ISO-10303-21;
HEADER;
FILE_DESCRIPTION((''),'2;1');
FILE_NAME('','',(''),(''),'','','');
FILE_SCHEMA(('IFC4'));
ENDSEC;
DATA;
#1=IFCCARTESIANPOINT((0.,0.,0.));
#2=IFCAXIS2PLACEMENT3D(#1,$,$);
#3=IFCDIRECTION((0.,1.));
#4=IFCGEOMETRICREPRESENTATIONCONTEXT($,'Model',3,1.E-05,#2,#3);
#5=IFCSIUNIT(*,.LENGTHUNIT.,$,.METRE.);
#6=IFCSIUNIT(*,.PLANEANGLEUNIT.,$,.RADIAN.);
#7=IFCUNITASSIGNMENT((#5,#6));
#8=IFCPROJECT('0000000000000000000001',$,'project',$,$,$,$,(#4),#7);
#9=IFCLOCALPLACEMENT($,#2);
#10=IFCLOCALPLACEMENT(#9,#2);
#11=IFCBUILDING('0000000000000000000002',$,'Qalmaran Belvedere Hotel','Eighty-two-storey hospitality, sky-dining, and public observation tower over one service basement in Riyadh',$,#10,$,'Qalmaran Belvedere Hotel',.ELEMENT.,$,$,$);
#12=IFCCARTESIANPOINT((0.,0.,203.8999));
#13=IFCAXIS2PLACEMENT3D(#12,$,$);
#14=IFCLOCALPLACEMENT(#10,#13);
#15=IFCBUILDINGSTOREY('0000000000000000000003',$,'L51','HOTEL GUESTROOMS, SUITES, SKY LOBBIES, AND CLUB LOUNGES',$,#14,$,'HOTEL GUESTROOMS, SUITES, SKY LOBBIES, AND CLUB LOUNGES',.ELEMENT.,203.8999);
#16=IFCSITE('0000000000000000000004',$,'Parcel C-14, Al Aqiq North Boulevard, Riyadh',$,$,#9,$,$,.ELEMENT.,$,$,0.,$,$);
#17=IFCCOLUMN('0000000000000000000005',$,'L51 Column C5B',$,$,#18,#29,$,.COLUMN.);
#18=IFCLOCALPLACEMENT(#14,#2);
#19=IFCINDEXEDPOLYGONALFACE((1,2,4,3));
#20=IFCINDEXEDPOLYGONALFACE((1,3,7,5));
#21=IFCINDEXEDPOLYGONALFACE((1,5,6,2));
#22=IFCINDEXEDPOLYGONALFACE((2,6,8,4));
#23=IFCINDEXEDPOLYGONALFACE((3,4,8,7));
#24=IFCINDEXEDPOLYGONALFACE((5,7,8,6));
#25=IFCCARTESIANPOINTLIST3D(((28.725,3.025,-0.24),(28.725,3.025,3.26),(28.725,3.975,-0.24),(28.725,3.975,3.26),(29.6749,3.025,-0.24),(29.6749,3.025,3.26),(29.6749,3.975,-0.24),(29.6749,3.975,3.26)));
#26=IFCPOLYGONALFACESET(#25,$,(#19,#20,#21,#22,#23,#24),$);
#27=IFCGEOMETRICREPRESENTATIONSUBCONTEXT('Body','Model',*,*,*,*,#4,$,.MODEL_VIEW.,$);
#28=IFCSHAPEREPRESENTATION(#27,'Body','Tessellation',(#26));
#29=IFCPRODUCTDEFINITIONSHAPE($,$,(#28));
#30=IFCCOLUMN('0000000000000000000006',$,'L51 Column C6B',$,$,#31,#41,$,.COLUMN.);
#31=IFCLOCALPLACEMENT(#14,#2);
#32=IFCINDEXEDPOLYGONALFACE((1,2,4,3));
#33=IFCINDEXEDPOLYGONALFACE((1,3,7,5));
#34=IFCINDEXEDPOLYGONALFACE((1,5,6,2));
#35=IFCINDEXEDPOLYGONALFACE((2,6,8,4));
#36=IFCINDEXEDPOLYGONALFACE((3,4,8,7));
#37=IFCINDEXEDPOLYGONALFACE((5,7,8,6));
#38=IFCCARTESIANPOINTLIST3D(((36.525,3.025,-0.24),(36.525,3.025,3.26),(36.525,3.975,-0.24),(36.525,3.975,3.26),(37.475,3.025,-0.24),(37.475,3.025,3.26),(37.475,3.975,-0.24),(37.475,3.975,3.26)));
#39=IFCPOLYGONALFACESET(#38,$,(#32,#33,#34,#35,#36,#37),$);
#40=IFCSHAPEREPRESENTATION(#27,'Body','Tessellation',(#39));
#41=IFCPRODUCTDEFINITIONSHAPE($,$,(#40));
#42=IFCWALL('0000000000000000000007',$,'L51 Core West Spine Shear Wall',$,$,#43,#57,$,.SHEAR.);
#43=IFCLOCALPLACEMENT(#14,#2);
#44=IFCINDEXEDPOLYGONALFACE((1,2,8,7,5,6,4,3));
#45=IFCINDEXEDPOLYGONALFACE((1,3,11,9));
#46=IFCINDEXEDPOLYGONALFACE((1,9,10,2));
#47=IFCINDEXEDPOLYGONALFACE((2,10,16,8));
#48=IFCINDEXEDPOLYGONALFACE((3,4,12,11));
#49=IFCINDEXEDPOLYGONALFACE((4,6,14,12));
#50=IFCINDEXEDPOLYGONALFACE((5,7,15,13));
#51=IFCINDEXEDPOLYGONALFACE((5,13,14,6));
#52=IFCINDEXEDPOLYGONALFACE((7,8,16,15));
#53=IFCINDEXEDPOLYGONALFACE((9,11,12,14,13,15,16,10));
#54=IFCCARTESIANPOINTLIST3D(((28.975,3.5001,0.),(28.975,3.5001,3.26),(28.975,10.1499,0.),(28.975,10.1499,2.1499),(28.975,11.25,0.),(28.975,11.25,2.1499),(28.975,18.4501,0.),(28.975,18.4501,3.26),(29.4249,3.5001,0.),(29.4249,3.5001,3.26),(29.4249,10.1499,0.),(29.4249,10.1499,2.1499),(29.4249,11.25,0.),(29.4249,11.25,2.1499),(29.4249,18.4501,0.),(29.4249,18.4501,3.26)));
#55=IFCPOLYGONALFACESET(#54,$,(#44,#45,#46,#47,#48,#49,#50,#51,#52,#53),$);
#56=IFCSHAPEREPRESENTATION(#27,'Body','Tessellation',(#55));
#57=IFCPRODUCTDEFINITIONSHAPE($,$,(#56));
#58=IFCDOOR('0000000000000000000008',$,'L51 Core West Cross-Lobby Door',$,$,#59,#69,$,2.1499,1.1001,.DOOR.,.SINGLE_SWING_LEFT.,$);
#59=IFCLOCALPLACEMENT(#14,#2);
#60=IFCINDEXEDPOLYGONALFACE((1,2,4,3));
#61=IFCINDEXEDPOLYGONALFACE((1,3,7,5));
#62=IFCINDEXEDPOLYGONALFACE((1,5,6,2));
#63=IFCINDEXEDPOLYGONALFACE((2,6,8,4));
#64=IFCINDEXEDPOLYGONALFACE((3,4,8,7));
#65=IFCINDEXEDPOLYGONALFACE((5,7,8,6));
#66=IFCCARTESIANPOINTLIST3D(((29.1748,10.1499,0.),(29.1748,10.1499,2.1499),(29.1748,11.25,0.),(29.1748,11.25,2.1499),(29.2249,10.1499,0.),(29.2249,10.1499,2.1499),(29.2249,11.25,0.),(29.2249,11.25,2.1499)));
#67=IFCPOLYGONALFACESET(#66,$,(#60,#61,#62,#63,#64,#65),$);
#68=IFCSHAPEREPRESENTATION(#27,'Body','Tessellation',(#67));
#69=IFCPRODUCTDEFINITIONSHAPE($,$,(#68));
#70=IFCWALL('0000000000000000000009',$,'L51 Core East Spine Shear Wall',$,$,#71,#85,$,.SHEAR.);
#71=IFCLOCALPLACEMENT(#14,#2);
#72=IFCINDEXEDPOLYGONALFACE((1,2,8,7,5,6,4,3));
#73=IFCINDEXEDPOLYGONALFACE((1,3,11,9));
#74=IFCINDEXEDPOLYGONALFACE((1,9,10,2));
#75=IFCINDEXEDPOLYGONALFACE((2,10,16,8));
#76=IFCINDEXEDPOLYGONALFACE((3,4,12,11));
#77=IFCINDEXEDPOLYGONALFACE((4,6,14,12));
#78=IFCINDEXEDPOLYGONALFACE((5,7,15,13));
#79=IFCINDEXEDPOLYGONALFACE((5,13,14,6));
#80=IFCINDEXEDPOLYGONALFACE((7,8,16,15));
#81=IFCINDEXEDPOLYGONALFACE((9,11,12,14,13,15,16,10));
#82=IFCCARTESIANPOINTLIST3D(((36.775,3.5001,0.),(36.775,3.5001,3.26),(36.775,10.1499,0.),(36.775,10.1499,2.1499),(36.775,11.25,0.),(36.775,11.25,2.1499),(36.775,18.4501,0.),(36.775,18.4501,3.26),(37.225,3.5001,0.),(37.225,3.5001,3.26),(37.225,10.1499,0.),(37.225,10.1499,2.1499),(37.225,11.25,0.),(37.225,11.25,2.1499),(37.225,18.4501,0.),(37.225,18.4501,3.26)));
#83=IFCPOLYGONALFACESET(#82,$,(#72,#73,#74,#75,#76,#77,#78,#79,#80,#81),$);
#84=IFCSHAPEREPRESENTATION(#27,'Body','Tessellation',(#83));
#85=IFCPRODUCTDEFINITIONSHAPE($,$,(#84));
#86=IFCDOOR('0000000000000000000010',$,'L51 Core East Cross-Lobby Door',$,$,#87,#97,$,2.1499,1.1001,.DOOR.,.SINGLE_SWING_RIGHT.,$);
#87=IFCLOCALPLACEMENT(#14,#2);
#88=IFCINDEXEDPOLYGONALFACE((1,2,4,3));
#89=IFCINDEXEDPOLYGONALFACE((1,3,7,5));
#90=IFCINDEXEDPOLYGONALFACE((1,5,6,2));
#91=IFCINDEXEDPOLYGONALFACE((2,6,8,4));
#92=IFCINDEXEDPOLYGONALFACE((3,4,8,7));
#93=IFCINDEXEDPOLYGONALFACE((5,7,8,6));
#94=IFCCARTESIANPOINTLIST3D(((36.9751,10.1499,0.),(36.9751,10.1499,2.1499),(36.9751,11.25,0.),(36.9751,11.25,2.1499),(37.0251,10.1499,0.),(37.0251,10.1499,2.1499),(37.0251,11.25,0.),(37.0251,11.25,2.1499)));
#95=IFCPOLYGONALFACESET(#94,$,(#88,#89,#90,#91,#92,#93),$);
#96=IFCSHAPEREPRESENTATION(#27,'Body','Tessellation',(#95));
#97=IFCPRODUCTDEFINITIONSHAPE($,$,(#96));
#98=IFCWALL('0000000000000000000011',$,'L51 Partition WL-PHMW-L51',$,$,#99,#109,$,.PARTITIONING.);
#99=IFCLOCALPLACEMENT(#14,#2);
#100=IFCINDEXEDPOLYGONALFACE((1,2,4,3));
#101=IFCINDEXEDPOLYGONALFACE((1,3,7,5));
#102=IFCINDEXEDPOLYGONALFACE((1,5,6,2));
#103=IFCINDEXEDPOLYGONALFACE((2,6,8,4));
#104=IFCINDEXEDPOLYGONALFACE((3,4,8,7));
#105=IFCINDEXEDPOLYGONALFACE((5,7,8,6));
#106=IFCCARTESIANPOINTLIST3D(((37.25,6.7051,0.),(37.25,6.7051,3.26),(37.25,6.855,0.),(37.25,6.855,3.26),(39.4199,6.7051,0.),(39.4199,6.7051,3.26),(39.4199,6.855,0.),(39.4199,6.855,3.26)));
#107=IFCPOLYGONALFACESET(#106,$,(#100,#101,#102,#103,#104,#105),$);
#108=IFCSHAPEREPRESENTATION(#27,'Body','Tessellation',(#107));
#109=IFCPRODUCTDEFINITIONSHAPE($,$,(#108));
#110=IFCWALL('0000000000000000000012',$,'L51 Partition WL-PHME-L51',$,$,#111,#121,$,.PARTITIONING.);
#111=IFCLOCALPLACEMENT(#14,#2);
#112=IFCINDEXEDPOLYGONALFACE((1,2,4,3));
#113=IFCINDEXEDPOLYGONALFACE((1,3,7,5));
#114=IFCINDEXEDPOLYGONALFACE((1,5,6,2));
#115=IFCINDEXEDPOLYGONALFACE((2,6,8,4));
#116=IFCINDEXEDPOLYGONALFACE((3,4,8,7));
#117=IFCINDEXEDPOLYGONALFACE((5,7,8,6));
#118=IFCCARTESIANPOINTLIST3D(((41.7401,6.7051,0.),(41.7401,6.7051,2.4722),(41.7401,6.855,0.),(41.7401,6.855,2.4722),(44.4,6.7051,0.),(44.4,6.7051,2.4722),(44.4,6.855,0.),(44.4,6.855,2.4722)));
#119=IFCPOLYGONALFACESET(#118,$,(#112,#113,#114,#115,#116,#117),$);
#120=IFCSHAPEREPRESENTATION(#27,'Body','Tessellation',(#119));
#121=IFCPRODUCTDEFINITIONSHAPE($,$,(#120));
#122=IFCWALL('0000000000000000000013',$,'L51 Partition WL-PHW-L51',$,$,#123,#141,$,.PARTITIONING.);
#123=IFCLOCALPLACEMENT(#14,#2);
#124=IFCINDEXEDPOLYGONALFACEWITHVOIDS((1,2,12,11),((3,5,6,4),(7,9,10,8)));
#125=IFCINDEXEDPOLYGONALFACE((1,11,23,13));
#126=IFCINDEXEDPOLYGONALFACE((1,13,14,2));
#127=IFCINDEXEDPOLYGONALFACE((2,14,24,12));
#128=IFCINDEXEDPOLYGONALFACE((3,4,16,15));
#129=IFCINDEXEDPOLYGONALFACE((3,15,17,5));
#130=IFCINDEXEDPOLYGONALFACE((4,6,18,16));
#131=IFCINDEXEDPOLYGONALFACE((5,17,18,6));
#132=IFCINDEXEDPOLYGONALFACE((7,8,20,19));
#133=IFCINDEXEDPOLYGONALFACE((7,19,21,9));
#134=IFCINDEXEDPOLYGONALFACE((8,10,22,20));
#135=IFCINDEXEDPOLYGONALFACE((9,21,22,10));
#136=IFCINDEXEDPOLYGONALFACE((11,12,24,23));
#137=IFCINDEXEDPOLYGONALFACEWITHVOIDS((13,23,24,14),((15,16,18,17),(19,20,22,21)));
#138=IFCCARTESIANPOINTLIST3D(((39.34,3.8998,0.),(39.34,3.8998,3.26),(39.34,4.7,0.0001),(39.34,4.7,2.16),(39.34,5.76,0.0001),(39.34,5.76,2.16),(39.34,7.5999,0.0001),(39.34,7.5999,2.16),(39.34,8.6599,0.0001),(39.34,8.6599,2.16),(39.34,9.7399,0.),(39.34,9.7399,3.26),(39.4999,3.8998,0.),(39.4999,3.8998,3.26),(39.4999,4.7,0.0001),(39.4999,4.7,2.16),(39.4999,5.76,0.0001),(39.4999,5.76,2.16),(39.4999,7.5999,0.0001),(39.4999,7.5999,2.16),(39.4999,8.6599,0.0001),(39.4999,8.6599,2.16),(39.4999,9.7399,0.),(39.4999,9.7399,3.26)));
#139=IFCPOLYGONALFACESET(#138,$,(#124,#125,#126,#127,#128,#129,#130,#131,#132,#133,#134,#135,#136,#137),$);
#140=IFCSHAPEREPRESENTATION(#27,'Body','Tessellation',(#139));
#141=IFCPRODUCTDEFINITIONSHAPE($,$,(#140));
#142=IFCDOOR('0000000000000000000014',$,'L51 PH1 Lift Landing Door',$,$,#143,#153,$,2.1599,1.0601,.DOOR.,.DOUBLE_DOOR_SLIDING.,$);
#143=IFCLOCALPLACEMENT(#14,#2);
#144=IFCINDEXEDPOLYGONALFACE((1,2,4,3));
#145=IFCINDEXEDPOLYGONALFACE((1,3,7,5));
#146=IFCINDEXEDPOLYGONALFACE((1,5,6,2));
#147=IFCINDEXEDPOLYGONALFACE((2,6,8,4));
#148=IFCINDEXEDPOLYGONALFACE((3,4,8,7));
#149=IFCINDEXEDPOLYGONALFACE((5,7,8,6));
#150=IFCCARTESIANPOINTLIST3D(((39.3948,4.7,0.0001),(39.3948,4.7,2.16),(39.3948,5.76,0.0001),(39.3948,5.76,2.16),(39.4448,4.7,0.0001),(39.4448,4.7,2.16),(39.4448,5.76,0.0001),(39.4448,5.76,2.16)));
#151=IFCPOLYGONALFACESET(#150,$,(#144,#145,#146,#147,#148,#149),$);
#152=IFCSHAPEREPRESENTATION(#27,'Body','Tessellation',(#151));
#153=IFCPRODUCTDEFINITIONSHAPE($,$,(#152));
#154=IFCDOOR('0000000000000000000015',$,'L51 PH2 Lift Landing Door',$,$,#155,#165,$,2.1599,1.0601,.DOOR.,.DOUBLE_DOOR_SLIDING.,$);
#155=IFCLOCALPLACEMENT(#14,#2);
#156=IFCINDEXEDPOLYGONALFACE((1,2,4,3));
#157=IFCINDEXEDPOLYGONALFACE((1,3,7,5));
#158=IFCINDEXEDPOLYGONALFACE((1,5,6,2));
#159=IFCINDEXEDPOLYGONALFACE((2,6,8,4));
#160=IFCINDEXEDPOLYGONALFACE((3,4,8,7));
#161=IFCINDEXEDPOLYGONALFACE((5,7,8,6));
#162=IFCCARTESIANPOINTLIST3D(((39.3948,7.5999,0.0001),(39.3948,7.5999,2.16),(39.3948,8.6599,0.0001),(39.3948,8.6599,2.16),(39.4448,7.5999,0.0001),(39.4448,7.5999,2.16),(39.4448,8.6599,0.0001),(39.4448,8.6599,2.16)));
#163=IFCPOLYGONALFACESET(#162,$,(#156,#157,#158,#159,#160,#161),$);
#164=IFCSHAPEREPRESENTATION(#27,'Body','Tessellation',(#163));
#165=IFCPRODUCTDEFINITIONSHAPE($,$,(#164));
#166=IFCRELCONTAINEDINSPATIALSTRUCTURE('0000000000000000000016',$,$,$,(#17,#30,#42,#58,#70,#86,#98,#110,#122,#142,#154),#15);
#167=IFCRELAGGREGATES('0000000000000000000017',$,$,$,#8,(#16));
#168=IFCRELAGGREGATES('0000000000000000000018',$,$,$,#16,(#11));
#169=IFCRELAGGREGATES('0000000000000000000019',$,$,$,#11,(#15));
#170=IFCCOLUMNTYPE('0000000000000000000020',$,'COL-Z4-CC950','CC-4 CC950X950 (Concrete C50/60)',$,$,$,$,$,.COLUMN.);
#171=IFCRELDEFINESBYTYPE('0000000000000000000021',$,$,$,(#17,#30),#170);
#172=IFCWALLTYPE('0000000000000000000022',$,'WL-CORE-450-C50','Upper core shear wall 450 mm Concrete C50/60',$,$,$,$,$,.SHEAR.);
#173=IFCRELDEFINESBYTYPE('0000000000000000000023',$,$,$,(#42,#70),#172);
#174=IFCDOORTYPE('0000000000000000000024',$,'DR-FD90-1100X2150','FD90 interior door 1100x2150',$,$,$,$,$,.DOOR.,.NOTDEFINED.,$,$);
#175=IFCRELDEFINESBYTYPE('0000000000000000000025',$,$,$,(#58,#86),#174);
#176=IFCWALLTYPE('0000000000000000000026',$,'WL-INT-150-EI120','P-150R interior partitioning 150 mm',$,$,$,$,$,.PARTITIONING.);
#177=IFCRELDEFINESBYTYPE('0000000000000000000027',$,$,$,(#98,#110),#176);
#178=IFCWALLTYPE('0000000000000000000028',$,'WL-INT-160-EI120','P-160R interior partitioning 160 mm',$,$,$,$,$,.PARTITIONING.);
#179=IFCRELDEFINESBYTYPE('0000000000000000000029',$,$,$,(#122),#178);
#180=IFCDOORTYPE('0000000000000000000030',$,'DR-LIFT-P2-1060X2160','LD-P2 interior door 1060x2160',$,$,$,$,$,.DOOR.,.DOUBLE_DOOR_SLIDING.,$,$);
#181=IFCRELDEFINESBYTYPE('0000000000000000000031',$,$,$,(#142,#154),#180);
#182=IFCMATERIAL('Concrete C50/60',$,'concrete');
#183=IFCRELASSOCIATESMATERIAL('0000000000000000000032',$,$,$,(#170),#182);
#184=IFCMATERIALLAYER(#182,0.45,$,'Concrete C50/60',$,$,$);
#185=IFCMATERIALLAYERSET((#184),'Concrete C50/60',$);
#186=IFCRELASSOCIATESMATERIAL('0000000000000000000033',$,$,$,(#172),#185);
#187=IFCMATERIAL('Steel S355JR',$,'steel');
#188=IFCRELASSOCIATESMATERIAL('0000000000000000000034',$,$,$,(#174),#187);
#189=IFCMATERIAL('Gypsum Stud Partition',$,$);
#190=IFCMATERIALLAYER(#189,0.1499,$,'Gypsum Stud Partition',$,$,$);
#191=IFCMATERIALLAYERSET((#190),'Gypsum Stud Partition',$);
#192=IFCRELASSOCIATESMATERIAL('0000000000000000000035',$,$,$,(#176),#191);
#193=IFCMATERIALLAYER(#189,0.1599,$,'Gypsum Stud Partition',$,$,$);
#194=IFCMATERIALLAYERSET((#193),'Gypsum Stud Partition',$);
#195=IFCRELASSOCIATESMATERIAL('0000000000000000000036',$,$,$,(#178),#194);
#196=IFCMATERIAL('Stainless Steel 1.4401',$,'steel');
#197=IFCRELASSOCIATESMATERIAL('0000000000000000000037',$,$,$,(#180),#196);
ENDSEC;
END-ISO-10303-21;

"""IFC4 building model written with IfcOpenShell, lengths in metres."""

from ifc_helpers import new_model, si_unit, direction, frame, frame_2d, origin, origin_2d, place, context, subcontext, project, spatial, rectangle, extrude, material, layer, layer_set, material_profile, profile_set, type_object, element, fill, save


model = new_model("IFC4")

# Units and contexts
model_context = context("Model", 3, precision=1e-05, world=origin(), true_north=direction((0.0, 1.0)))
body_context = subcontext(model_context, "Body", "Model", "MODEL_VIEW")
ifc_project = project(units=[si_unit("LENGTHUNIT", "METRE"), si_unit("PLANEANGLEUNIT", "RADIAN")], contexts=[model_context])

# Site, building, storey
site_placement = place(None, origin())
site = spatial("IfcSite", under=ifc_project, at=site_placement, Name="Parcel C-14, Al Aqiq North Boulevard, Riyadh", CompositionType="ELEMENT", RefElevation=0.0)
building_placement = place(site_placement, origin())
building = spatial("IfcBuilding", under=site, at=building_placement, Name="Qalmaran Belvedere Hotel", Description="Eighty-two-storey hospitality, sky-dining, and public observation tower over one service basement in Riyadh", LongName="Qalmaran Belvedere Hotel", CompositionType="ELEMENT")
storey_placement = place(building_placement, frame((0.0, 0.0, 203.8999)))
storey = spatial("IfcBuildingStorey", under=building, at=storey_placement, Name="L51", Description="HOTEL GUESTROOMS, SUITES, SKY LOBBIES, AND CLUB LOUNGES", LongName="HOTEL GUESTROOMS, SUITES, SKY LOBBIES, AND CLUB LOUNGES", CompositionType="ELEMENT", Elevation=203.8999)

# Columns
ifc_material_1 = material(Name="Concrete C50/60", Category="concrete")
ifc_material_profile = material_profile(ifc_material_1, rectangle(XDim=0.95, YDim=0.95, at=origin_2d()), Name="CC950X950")
ifc_profile_set = profile_set([ifc_material_profile], Name="Concrete C50/60")
column_type = type_object("IfcColumnType", Name="COL-Z4-CC950", Description="CC-4 CC950X950 (Concrete C50/60)", PredefinedType="COLUMN", material=ifc_profile_set)
for number, where, z_axis, x_axis, name in (
    (1, (29.2, 3.5, -0.24), (0.0, 0.0, 1.0), (1.0, 0.0, 0.0), "L51 Column C5B"),
    (2, (37.0, 3.5, -0.24), (0.0, 0.0, 1.0), (1.0, 0.0, 0.0), "L51 Column C6B"),
):
    element("IfcColumn", number, at=place(storey_placement, frame(where, z_axis=z_axis, x_axis=x_axis)), inside=storey, type_object=column_type, Name=name, PredefinedType="COLUMN", context=body_context, shape_type="SweptSolid", body=[
        extrude(rectangle(XDim=0.95, YDim=0.95, at=origin_2d()), origin(), (0.0, 0.0, 1.0), 3.5),
    ])

# Walls, openings, doors
ifc_layer_1 = layer(ifc_material_1, 0.45, Name="Concrete C50/60")
ifc_layer_set_1 = layer_set([ifc_layer_1], Name="Concrete C50/60")
wall_type_1 = type_object("IfcWallType", Name="WL-CORE-450-C50", Description="Upper core shear wall 450 mm Concrete C50/60", PredefinedType="SHEAR", material=ifc_layer_set_1)
wall_1_placement = place(storey_placement, frame((29.2, 3.5, 0.0), z_axis=(0.0, 0.0, 1.0), x_axis=(0.0, 1.0, 0.0)))
wall_1 = element("IfcWall", 3, at=wall_1_placement, inside=storey, type_object=wall_type_1, Name="L51 Core West Spine Shear Wall", PredefinedType="SHEAR", context=body_context, shape_type="SweptSolid", body=[
    extrude(rectangle(XDim=14.95, YDim=0.45, at=frame_2d((7.4751, 0.0))), origin(), (0.0, 0.0, 1.0), 3.26),
])
opening_1_placement = place(wall_1_placement, frame((7.75, 0.0, 0.0), z_axis=(0.0, 0.0, 1.0), x_axis=(-1.0, 0.0, 0.0)))
opening_1 = element("IfcOpeningElement", 4, at=opening_1_placement, cuts=wall_1, PredefinedType="OPENING", context=body_context, shape_type="SweptSolid", body=[
    extrude(rectangle(XDim=1.1001, YDim=2.1499, at=frame_2d((0.55, 1.075))), frame((0.0, 0.2349, 0.0), z_axis=(0.0, -1.0, 0.0), x_axis=(1.0, 0.0, 0.0)), (0.0, 0.0, 1.0), 0.47),
])
ifc_material_2 = material(Name="Steel S355JR", Category="steel")
door_type_1 = type_object("IfcDoorType", Name="DR-FD90-1100X2150", Description="FD90 interior door 1100x2150", OperationType="NOTDEFINED", PredefinedType="DOOR", material=ifc_material_2)
door_1_placement = place(opening_1_placement, origin())
door_1 = element("IfcDoor", 5, at=door_1_placement, inside=storey, type_object=door_type_1, Name="L51 Core West Cross-Lobby Door", OperationType="SINGLE_SWING_LEFT", OverallHeight=2.1499, OverallWidth=1.1001, PredefinedType="DOOR", context=body_context, shape_type="SweptSolid", body=[
    extrude(rectangle(XDim=1.1001, YDim=2.1499, at=frame_2d((0.55, 1.075))), frame((0.0, 0.0249, 0.0), z_axis=(0.0, -1.0, 0.0), x_axis=(1.0, 0.0, 0.0)), (0.0, 0.0, 1.0), 0.05),
])
fill(opening_1, door_1)
wall_2_placement = place(storey_placement, frame((37.0, 3.5, 0.0), z_axis=(0.0, 0.0, 1.0), x_axis=(0.0, 1.0, 0.0)))
wall_2 = element("IfcWall", 6, at=wall_2_placement, inside=storey, type_object=wall_type_1, Name="L51 Core East Spine Shear Wall", PredefinedType="SHEAR", context=body_context, shape_type="SweptSolid", body=[
    extrude(rectangle(XDim=14.95, YDim=0.45, at=frame_2d((7.4751, 0.0))), origin(), (0.0, 0.0, 1.0), 3.26),
])
opening_2_placement = place(wall_2_placement, frame((6.6499, 0.0, 0.0)))
opening_2 = element("IfcOpeningElement", 7, at=opening_2_placement, cuts=wall_2, PredefinedType="OPENING", context=body_context, shape_type="SweptSolid", body=[
    extrude(rectangle(XDim=1.1001, YDim=2.1499, at=frame_2d((0.55, 1.075))), frame((0.0, 0.2349, 0.0), z_axis=(0.0, -1.0, 0.0), x_axis=(1.0, 0.0, 0.0)), (0.0, 0.0, 1.0), 0.47),
])
door_2_placement = place(opening_2_placement, origin())
door_2 = element("IfcDoor", 8, at=door_2_placement, inside=storey, type_object=door_type_1, Name="L51 Core East Cross-Lobby Door", OperationType="SINGLE_SWING_RIGHT", OverallHeight=2.1499, OverallWidth=1.1001, PredefinedType="DOOR", context=body_context, shape_type="SweptSolid", body=[
    extrude(rectangle(XDim=1.1001, YDim=2.1499, at=frame_2d((0.55, 1.075))), frame((0.0, 0.0249, 0.0), z_axis=(0.0, -1.0, 0.0), x_axis=(1.0, 0.0, 0.0)), (0.0, 0.0, 1.0), 0.05),
])
fill(opening_2, door_2)

# Walls
ifc_material_3 = material(Name="Gypsum Stud Partition")
ifc_layer_2 = layer(ifc_material_3, 0.1499, Name="Gypsum Stud Partition")
ifc_layer_set_2 = layer_set([ifc_layer_2], Name="Gypsum Stud Partition")
wall_type_2 = type_object("IfcWallType", Name="WL-INT-150-EI120", Description="P-150R interior partitioning 150 mm", PredefinedType="PARTITIONING", material=ifc_layer_set_2)
wall_3_placement = place(storey_placement, frame((37.25, 6.78, 0.0), z_axis=(0.0, 0.0, 1.0), x_axis=(1.0, 0.0, 0.0)))
element("IfcWall", 9, at=wall_3_placement, inside=storey, type_object=wall_type_2, Name="L51 Partition WL-PHMW-L51", PredefinedType="PARTITIONING", context=body_context, shape_type="SweptSolid", body=[
    extrude(rectangle(XDim=2.1699, YDim=0.1499, at=frame_2d((1.085, 0.0))), origin(), (0.0, 0.0, 1.0), 3.26),
])
wall_4_placement = place(storey_placement, frame((41.74, 6.78, 0.0), z_axis=(0.0, 0.0, 1.0), x_axis=(1.0, 0.0, 0.0)))
element("IfcWall", 10, at=wall_4_placement, inside=storey, type_object=wall_type_2, Name="L51 Partition WL-PHME-L51", PredefinedType="PARTITIONING", context=body_context, shape_type="SweptSolid", body=[
    extrude(rectangle(XDim=2.6599, YDim=0.1499, at=frame_2d((1.3301, 0.0))), origin(), (0.0, 0.0, 1.0), 2.4722),
])

# Wall, openings, doors
ifc_layer_3 = layer(ifc_material_3, 0.1599, Name="Gypsum Stud Partition")
ifc_layer_set_3 = layer_set([ifc_layer_3], Name="Gypsum Stud Partition")
wall_type_3 = type_object("IfcWallType", Name="WL-INT-160-EI120", Description="P-160R interior partitioning 160 mm", PredefinedType="PARTITIONING", material=ifc_layer_set_3)
wall_5_placement = place(storey_placement, frame((39.4199, 3.8999, 0.0), z_axis=(0.0, 0.0, 1.0), x_axis=(0.0, 1.0, 0.0)))
wall_5 = element("IfcWall", 11, at=wall_5_placement, inside=storey, type_object=wall_type_3, Name="L51 Partition WL-PHW-L51", PredefinedType="PARTITIONING", context=body_context, shape_type="SweptSolid", body=[
    extrude(rectangle(XDim=5.8401, YDim=0.1599, at=frame_2d((2.9199, 0.0))), origin(), (0.0, 0.0, 1.0), 3.26),
])
opening_3_placement = place(wall_5_placement, frame((1.8601, 0.0, 0.0), z_axis=(0.0, 0.0, 1.0), x_axis=(-1.0, 0.0, 0.0)))
opening_3 = element("IfcOpeningElement", 12, at=opening_3_placement, cuts=wall_5, PredefinedType="OPENING", context=body_context, shape_type="SweptSolid", body=[
    extrude(rectangle(XDim=1.0601, YDim=2.1599, at=frame_2d((0.53, 1.0801))), frame((0.0, 0.0898, 0.0), z_axis=(0.0, -1.0, 0.0), x_axis=(1.0, 0.0, 0.0)), (0.0, 0.0, 1.0), 0.1799),
])
opening_4_placement = place(wall_5_placement, frame((4.76, 0.0, 0.0), z_axis=(0.0, 0.0, 1.0), x_axis=(-1.0, 0.0, 0.0)))
opening_4 = element("IfcOpeningElement", 13, at=opening_4_placement, cuts=wall_5, PredefinedType="OPENING", context=body_context, shape_type="SweptSolid", body=[
    extrude(rectangle(XDim=1.0601, YDim=2.1599, at=frame_2d((0.53, 1.0801))), frame((0.0, 0.0898, 0.0), z_axis=(0.0, -1.0, 0.0), x_axis=(1.0, 0.0, 0.0)), (0.0, 0.0, 1.0), 0.1799),
])
ifc_material_4 = material(Name="Stainless Steel 1.4401", Category="steel")
door_type_2 = type_object("IfcDoorType", Name="DR-LIFT-P2-1060X2160", Description="LD-P2 interior door 1060x2160", OperationType="DOUBLE_DOOR_SLIDING", PredefinedType="DOOR", material=ifc_material_4)
door_3_placement = place(opening_3_placement, origin())
door_3 = element("IfcDoor", 14, at=door_3_placement, inside=storey, type_object=door_type_2, Name="L51 PH1 Lift Landing Door", OperationType="DOUBLE_DOOR_SLIDING", OverallHeight=2.1599, OverallWidth=1.0601, PredefinedType="DOOR", context=body_context, shape_type="SweptSolid", body=[
    extrude(rectangle(XDim=1.0601, YDim=2.1599, at=frame_2d((0.53, 1.0801))), frame((0.0, 0.0249, 0.0), z_axis=(0.0, -1.0, 0.0), x_axis=(1.0, 0.0, 0.0)), (0.0, 0.0, 1.0), 0.05),
])
fill(opening_3, door_3)
door_4_placement = place(opening_4_placement, origin())
door_4 = element("IfcDoor", 15, at=door_4_placement, inside=storey, type_object=door_type_2, Name="L51 PH2 Lift Landing Door", OperationType="DOUBLE_DOOR_SLIDING", OverallHeight=2.1599, OverallWidth=1.0601, PredefinedType="DOOR", context=body_context, shape_type="SweptSolid", body=[
    extrude(rectangle(XDim=1.0601, YDim=2.1599, at=frame_2d((0.53, 1.0801))), frame((0.0, 0.0249, 0.0), z_axis=(0.0, -1.0, 0.0), x_axis=(1.0, 0.0, 0.0)), (0.0, 0.0, 1.0), 0.05),
])
fill(opening_4, door_4)

save(model, "model.ifc")
